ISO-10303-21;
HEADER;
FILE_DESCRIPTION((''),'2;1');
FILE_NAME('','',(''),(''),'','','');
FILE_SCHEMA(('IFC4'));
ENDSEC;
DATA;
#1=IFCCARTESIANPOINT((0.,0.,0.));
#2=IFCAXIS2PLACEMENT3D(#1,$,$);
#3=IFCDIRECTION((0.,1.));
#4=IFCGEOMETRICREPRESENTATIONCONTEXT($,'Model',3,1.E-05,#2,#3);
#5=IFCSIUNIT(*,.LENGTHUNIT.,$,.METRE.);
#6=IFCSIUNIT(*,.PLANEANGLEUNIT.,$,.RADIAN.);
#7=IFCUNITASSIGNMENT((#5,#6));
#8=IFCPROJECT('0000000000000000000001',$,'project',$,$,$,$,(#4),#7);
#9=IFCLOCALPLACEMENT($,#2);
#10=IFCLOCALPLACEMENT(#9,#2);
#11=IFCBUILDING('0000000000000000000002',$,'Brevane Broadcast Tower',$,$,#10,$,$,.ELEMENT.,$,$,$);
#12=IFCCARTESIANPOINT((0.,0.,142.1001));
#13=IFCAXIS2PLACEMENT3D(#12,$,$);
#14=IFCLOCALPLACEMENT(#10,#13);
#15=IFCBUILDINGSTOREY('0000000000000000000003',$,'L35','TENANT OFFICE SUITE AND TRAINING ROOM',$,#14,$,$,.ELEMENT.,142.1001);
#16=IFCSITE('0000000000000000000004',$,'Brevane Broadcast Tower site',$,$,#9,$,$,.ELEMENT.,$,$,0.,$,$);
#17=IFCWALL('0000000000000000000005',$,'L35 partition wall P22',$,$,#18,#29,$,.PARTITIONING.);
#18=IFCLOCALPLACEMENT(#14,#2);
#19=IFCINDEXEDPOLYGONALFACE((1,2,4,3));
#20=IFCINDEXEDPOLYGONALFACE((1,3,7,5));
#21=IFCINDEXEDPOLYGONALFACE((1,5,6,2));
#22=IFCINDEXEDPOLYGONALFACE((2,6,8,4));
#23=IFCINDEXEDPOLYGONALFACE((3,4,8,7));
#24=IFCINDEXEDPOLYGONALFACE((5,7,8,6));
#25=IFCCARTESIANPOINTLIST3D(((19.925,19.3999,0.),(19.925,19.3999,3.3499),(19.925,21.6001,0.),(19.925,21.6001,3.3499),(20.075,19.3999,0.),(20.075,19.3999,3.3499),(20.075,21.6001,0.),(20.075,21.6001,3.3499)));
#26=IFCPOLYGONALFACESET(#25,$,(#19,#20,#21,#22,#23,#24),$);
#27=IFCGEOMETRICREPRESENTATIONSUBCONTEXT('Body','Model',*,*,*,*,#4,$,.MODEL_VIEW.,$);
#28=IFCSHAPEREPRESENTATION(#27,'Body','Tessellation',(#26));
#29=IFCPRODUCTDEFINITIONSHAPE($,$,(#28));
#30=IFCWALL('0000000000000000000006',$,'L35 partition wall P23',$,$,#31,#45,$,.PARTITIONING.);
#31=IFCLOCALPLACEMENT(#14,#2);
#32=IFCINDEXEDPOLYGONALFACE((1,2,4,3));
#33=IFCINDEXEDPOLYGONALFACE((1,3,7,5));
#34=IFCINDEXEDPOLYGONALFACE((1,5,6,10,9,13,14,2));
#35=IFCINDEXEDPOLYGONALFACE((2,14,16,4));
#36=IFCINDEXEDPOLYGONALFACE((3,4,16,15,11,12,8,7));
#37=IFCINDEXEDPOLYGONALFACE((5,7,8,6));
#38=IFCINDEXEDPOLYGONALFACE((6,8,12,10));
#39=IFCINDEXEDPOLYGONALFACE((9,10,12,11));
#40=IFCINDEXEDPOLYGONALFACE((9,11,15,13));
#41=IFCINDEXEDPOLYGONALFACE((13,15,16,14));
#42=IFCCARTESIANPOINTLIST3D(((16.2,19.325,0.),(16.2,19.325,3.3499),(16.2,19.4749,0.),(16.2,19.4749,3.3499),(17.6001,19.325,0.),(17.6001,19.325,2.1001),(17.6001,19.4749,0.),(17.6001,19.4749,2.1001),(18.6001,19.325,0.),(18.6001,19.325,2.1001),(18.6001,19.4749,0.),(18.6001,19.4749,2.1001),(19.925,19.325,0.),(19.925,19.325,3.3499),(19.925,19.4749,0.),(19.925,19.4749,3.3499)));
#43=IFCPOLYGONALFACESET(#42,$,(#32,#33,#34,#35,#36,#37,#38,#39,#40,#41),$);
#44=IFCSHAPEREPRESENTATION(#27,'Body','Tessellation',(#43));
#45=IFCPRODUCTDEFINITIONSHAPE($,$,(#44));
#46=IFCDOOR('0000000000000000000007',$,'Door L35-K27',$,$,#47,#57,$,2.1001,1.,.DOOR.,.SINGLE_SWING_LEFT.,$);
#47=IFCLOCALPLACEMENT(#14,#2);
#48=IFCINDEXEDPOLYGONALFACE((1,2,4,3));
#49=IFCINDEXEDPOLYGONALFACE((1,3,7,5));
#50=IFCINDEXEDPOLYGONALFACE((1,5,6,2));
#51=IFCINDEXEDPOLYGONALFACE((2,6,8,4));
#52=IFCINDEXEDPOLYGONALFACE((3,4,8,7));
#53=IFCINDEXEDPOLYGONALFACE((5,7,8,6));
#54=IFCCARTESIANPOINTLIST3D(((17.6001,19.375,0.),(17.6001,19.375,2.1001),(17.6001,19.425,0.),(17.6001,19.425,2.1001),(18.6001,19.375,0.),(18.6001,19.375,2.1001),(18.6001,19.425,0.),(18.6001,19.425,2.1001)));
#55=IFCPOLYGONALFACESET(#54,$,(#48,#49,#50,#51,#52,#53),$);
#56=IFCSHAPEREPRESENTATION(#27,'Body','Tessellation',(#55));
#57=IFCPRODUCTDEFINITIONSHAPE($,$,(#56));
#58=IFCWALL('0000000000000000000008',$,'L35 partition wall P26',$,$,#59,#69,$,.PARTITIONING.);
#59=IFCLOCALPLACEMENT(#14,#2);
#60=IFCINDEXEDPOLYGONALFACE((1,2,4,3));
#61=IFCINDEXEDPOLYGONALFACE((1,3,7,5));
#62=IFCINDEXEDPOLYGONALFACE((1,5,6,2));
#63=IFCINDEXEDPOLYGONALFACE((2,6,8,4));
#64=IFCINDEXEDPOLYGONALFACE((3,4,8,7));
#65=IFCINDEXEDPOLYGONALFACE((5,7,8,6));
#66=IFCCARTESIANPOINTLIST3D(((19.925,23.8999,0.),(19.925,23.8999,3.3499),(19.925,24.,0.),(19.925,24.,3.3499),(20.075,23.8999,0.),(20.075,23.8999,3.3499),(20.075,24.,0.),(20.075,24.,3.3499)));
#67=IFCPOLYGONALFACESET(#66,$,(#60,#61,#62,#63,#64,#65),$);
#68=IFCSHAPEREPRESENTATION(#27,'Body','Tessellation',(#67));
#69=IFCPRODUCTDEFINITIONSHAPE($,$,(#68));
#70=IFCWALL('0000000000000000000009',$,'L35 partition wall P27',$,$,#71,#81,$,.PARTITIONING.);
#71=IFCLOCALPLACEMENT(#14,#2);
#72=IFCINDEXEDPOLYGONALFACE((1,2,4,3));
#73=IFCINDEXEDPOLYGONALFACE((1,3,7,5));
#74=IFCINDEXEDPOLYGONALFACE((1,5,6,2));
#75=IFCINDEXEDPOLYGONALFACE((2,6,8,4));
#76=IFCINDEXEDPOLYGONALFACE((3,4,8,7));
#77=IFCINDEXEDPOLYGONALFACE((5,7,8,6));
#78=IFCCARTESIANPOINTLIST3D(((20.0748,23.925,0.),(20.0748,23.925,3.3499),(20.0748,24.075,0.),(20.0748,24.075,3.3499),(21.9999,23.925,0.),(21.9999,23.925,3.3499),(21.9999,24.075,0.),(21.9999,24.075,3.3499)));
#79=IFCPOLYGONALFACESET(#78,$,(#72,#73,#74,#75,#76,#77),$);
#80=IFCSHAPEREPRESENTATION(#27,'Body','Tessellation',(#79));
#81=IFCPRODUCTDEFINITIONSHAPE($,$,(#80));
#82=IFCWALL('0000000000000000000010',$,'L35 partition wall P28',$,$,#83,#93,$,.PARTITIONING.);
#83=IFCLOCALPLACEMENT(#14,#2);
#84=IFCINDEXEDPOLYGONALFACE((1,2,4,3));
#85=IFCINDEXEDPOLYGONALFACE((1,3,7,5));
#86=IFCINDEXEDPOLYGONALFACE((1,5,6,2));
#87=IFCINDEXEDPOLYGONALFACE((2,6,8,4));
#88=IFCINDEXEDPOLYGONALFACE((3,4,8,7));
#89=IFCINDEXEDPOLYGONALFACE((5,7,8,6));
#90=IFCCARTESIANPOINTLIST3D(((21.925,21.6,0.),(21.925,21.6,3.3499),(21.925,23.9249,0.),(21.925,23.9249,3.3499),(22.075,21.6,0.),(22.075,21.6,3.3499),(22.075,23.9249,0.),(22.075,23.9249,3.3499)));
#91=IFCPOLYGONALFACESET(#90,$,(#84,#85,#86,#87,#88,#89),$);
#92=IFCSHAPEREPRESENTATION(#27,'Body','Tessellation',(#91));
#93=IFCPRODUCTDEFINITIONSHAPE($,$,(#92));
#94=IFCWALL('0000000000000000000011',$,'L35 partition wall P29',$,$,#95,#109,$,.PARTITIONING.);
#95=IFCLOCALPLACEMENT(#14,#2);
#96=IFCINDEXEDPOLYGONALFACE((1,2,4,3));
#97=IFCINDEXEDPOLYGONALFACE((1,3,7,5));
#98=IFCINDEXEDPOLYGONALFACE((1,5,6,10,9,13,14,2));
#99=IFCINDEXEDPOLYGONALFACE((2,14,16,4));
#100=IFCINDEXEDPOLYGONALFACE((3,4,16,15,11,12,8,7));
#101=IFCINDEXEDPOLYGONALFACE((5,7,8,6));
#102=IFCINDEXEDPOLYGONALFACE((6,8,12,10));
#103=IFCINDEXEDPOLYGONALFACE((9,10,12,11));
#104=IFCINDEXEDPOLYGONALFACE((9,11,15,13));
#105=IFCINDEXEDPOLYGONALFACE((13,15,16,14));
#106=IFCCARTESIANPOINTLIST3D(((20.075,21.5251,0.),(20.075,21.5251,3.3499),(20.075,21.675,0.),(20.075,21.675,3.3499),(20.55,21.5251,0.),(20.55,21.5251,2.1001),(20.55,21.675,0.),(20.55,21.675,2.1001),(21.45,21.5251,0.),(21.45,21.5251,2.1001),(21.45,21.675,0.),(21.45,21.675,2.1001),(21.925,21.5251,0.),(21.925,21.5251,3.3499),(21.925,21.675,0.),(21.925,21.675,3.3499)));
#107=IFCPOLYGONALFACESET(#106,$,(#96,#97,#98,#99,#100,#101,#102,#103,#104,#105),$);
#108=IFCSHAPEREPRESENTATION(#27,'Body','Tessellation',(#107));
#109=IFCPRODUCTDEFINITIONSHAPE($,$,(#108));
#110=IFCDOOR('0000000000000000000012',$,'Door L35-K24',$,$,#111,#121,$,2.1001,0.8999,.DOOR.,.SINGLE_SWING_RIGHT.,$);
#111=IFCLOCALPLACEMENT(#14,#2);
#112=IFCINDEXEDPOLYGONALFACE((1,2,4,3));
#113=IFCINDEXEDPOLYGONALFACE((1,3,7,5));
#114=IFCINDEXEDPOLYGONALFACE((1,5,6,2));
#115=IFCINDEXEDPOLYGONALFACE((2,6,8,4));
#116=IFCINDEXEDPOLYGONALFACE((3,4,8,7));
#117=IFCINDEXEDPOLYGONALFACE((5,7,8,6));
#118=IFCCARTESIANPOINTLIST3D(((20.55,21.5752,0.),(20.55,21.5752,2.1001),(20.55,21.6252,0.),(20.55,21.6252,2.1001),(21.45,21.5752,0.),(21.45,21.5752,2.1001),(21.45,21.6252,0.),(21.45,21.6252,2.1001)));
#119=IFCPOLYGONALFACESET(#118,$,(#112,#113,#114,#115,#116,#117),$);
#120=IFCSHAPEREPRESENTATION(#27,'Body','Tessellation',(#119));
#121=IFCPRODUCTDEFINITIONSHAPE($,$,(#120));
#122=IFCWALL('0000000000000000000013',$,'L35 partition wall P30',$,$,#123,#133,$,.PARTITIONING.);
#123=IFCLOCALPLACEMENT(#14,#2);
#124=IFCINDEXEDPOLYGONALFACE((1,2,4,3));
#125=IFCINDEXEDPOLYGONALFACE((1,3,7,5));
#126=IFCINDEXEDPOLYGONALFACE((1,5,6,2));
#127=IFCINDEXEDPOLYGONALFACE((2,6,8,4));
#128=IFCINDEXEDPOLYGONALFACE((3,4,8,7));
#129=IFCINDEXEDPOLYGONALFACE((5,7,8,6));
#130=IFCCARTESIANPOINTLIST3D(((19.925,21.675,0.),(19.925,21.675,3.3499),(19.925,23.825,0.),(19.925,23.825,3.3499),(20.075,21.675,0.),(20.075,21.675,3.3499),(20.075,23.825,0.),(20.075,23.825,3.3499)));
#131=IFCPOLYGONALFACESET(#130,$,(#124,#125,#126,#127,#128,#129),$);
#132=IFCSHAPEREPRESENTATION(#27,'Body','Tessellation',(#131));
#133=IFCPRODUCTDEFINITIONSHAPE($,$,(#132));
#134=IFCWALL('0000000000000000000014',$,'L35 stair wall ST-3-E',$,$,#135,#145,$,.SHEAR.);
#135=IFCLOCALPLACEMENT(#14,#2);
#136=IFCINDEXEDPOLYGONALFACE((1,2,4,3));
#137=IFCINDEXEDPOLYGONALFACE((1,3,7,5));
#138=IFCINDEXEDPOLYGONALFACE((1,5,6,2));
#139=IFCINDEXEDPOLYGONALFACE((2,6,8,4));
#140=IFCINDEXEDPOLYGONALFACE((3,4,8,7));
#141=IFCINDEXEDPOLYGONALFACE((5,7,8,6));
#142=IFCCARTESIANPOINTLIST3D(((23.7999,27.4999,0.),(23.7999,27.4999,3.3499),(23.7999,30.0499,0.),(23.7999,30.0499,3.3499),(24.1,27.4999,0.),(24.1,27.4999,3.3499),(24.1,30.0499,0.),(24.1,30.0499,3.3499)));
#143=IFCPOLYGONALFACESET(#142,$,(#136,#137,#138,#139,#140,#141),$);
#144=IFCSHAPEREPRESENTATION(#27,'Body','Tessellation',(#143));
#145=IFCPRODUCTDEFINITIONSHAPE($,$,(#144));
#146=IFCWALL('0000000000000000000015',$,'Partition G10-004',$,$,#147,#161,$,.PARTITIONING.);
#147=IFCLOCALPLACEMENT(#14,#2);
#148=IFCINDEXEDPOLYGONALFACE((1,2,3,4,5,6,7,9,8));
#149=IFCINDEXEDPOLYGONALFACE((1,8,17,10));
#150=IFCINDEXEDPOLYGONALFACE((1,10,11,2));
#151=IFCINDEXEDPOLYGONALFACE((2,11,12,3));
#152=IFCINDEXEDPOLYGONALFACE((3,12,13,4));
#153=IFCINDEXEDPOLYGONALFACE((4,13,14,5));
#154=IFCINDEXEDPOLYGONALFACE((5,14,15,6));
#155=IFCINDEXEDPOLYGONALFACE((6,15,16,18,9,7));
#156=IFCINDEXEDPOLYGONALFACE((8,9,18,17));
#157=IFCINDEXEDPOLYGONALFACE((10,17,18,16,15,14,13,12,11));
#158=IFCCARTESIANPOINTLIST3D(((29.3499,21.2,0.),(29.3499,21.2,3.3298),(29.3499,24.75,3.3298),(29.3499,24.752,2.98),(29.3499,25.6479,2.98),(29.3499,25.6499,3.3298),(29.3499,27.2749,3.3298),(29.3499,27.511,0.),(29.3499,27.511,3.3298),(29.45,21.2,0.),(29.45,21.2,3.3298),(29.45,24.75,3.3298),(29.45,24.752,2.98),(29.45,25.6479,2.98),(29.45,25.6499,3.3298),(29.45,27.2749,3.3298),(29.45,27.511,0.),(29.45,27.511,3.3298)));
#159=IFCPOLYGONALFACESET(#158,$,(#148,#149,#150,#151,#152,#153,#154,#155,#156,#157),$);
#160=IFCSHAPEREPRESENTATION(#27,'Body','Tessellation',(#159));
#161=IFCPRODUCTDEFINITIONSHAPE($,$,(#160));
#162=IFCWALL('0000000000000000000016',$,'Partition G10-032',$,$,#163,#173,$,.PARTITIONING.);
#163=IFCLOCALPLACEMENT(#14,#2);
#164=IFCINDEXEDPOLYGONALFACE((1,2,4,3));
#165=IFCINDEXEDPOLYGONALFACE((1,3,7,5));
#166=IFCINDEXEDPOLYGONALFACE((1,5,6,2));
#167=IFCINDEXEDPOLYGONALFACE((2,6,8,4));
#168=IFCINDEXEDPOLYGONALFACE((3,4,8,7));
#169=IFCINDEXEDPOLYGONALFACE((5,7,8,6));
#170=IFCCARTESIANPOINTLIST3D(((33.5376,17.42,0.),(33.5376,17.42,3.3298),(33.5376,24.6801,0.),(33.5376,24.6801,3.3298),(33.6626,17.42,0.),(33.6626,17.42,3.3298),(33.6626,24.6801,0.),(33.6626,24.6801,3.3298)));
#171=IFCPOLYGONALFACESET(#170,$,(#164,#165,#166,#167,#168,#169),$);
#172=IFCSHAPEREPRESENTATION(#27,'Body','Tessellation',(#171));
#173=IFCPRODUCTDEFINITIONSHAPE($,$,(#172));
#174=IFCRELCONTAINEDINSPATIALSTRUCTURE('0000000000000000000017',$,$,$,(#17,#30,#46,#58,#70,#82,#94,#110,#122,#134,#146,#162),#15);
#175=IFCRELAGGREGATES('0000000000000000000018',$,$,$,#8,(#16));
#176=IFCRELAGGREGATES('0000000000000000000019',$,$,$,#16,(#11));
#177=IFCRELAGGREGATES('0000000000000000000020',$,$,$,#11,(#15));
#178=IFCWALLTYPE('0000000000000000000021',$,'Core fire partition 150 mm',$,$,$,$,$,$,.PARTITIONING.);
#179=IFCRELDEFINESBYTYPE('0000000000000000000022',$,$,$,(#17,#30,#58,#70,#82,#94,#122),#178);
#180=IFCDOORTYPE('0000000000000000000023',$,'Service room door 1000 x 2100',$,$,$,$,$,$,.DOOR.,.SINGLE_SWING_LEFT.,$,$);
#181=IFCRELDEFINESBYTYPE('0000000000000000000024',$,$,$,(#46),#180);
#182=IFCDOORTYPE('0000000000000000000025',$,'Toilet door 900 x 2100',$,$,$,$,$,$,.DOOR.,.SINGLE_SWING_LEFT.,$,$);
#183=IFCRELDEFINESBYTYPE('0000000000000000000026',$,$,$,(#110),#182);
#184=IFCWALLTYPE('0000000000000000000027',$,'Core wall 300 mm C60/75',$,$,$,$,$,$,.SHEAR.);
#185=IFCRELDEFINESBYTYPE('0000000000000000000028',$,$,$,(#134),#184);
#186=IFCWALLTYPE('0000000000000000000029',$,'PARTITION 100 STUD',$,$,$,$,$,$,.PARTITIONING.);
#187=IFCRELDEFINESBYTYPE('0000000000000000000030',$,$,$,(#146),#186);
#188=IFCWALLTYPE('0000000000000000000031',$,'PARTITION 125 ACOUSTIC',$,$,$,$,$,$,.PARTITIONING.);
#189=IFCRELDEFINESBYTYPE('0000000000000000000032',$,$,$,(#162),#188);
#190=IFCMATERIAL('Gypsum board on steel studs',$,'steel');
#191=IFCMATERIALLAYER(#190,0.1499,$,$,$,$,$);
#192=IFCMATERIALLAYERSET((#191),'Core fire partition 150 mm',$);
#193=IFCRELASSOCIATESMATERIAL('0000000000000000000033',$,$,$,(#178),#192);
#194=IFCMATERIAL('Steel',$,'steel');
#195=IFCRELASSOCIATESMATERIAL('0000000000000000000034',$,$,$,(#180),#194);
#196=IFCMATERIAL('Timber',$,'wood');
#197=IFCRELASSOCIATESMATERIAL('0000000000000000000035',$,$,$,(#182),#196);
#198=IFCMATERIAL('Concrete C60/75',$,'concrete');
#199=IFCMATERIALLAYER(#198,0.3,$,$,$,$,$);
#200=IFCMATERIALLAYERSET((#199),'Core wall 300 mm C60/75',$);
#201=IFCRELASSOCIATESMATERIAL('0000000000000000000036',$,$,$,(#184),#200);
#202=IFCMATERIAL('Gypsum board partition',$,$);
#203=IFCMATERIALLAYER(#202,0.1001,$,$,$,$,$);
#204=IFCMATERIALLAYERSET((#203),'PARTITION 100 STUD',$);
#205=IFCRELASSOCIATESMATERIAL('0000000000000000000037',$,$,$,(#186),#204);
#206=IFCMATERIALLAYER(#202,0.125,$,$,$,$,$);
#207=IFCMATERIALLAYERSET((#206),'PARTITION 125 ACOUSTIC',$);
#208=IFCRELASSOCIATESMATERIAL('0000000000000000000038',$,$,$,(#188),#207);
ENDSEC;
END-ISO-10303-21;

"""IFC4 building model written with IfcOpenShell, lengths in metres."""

from ifc_helpers import new_model, si_unit, direction, frame, frame_2d, origin, place, context, subcontext, project, spatial, polyline, rectangle, outline, extrude, material, layer, layer_set, type_object, element, fill, save


model = new_model("IFC4")

# Units and contexts
model_context = context("Model", 3, precision=1e-05, world=origin(), true_north=direction((0.0, 1.0)))
body_context = subcontext(model_context, "Body", "Model", "MODEL_VIEW")
ifc_project = project(units=[si_unit("LENGTHUNIT", "METRE"), si_unit("PLANEANGLEUNIT", "RADIAN")], contexts=[model_context])

# Site, building, storey
site_placement = place(None, origin())
site = spatial("IfcSite", under=ifc_project, at=site_placement, Name="Brevane Broadcast Tower site", CompositionType="ELEMENT", RefElevation=0.0)
building_placement = place(site_placement, origin())
building = spatial("IfcBuilding", under=site, at=building_placement, Name="Brevane Broadcast Tower", CompositionType="ELEMENT")
storey_placement = place(building_placement, frame((0.0, 0.0, 142.1001)))
storey = spatial("IfcBuildingStorey", under=building, at=storey_placement, Name="L35", Description="TENANT OFFICE SUITE AND TRAINING ROOM", CompositionType="ELEMENT", Elevation=142.1001)

# Shared definitions
ifc_material_1 = material(Name="Concrete C60/75", Category="concrete")

# Wall
ifc_material_2 = material(Name="Gypsum board on steel studs", Category="steel")
ifc_layer_1 = layer(ifc_material_2, 0.1499)
ifc_layer_set_1 = layer_set([ifc_layer_1], Name="Core fire partition 150 mm")
wall_type_1 = type_object("IfcWallType", Name="Core fire partition 150 mm", PredefinedType="PARTITIONING", material=ifc_layer_set_1)
wall_1_placement = place(storey_placement, frame((20.0, 21.6001, 0.0), z_axis=(0.0, 0.0, 1.0), x_axis=(0.0, -1.0, 0.0)))
element("IfcWall", 1, at=wall_1_placement, inside=storey, type_object=wall_type_1, Name="L35 partition wall P22", PredefinedType="PARTITIONING", context=body_context, shape_type="SweptSolid", body=[
    extrude(rectangle(XDim=2.2002, YDim=0.1499, at=frame_2d((1.1001, 0.0))), origin(), (0.0, 0.0, 1.0), 3.3499),
])

# Wall, opening, door
wall_2_placement = place(storey_placement, frame((19.925, 19.3999, 0.0), z_axis=(0.0, 0.0, 1.0), x_axis=(-1.0, 0.0, 0.0)))
wall_2 = element("IfcWall", 2, at=wall_2_placement, inside=storey, type_object=wall_type_1, Name="L35 partition wall P23", PredefinedType="PARTITIONING", context=body_context, shape_type="SweptSolid", body=[
    extrude(rectangle(XDim=3.7251, YDim=0.1499, at=frame_2d((1.8625, 0.0))), origin(), (0.0, 0.0, 1.0), 3.3499),
])
opening_1_placement = place(wall_2_placement, frame((1.325, 0.0, 0.0)))
opening_1 = element("IfcOpeningElement", 3, at=opening_1_placement, cuts=wall_2, PredefinedType="OPENING", context=body_context, shape_type="SweptSolid", body=[
    extrude(rectangle(XDim=1.0, YDim=2.1001, at=frame_2d((0.5, 1.05))), frame((0.0, 0.085, 0.0), z_axis=(0.0, -1.0, 0.0), x_axis=(1.0, 0.0, 0.0)), (0.0, 0.0, 1.0), 0.1699),
])
ifc_material_3 = material(Name="Steel", Category="steel")
door_type_1 = type_object("IfcDoorType", Name="Service room door 1000 x 2100", OperationType="SINGLE_SWING_LEFT", PredefinedType="DOOR", material=ifc_material_3)
door_1_placement = place(opening_1_placement, origin())
door_1 = element("IfcDoor", 4, at=door_1_placement, inside=storey, type_object=door_type_1, Name="Door L35-K27", OperationType="SINGLE_SWING_LEFT", OverallHeight=2.1001, OverallWidth=1.0, PredefinedType="DOOR", context=body_context, shape_type="SweptSolid", body=[
    extrude(rectangle(XDim=1.0, YDim=2.1001, at=frame_2d((0.5, 1.05))), frame((0.0, 0.0249, 0.0), z_axis=(0.0, -1.0, 0.0), x_axis=(1.0, 0.0, 0.0)), (0.0, 0.0, 1.0), 0.05),
])
fill(opening_1, door_1)

# Walls
wall_3_placement = place(storey_placement, frame((20.0, 23.8999, 0.0), z_axis=(0.0, 0.0, 1.0), x_axis=(0.0, 1.0, 0.0)))
element("IfcWall", 5, at=wall_3_placement, inside=storey, type_object=wall_type_1, Name="L35 partition wall P26", PredefinedType="PARTITIONING", context=body_context, shape_type="SweptSolid", body=[
    extrude(rectangle(XDim=0.1001, YDim=0.1499, at=frame_2d((0.05, 0.0))), origin(), (0.0, 0.0, 1.0), 3.3499),
])
wall_4_placement = place(storey_placement, frame((20.075, 24.0, 0.0), z_axis=(0.0, 0.0, 1.0), x_axis=(1.0, 0.0, 0.0)))
element("IfcWall", 6, at=wall_4_placement, inside=storey, type_object=wall_type_1, Name="L35 partition wall P27", PredefinedType="PARTITIONING", context=body_context, shape_type="SweptSolid", body=[
    extrude(rectangle(XDim=1.925, YDim=0.1499, at=frame_2d((0.9624, 0.0))), origin(), (0.0, 0.0, 1.0), 3.3499),
])
wall_5_placement = place(storey_placement, frame((22.0, 23.925, 0.0), z_axis=(0.0, 0.0, 1.0), x_axis=(0.0, -1.0, 0.0)))
element("IfcWall", 7, at=wall_5_placement, inside=storey, type_object=wall_type_1, Name="L35 partition wall P28", PredefinedType="PARTITIONING", context=body_context, shape_type="SweptSolid", body=[
    extrude(rectangle(XDim=2.325, YDim=0.1499, at=frame_2d((1.1626, 0.0))), origin(), (0.0, 0.0, 1.0), 3.3499),
])

# Wall, opening, door
wall_6_placement = place(storey_placement, frame((21.925, 21.6001, 0.0), z_axis=(0.0, 0.0, 1.0), x_axis=(-1.0, 0.0, 0.0)))
wall_6 = element("IfcWall", 8, at=wall_6_placement, inside=storey, type_object=wall_type_1, Name="L35 partition wall P29", PredefinedType="PARTITIONING", context=body_context, shape_type="SweptSolid", body=[
    extrude(rectangle(XDim=1.8501, YDim=0.1499, at=frame_2d((0.925, 0.0))), origin(), (0.0, 0.0, 1.0), 3.3499),
])
opening_2_placement = place(wall_6_placement, frame((0.4751, 0.0, 0.0)))
opening_2 = element("IfcOpeningElement", 9, at=opening_2_placement, cuts=wall_6, PredefinedType="OPENING", context=body_context, shape_type="SweptSolid", body=[
    extrude(rectangle(XDim=0.8999, YDim=2.1001, at=frame_2d((0.45, 1.05))), frame((0.0, 0.085, 0.0), z_axis=(0.0, -1.0, 0.0), x_axis=(1.0, 0.0, 0.0)), (0.0, 0.0, 1.0), 0.1699),
])
ifc_material_4 = material(Name="Timber", Category="wood")
door_type_2 = type_object("IfcDoorType", Name="Toilet door 900 x 2100", OperationType="SINGLE_SWING_LEFT", PredefinedType="DOOR", material=ifc_material_4)
door_2_placement = place(opening_2_placement, origin())
door_2 = element("IfcDoor", 10, at=door_2_placement, inside=storey, type_object=door_type_2, Name="Door L35-K24", OperationType="SINGLE_SWING_RIGHT", OverallHeight=2.1001, OverallWidth=0.8999, PredefinedType="DOOR", context=body_context, shape_type="SweptSolid", body=[
    extrude(rectangle(XDim=0.8999, YDim=2.1001, at=frame_2d((0.45, 1.05))), frame((0.0, 0.0249, 0.0), z_axis=(0.0, -1.0, 0.0), x_axis=(1.0, 0.0, 0.0)), (0.0, 0.0, 1.0), 0.05),
])
fill(opening_2, door_2)

# Walls
wall_7_placement = place(storey_placement, frame((20.0, 21.675, 0.0), z_axis=(0.0, 0.0, 1.0), x_axis=(0.0, 1.0, 0.0)))
element("IfcWall", 11, at=wall_7_placement, inside=storey, type_object=wall_type_1, Name="L35 partition wall P30", PredefinedType="PARTITIONING", context=body_context, shape_type="SweptSolid", body=[
    extrude(rectangle(XDim=2.1499, YDim=0.1499, at=frame_2d((1.075, 0.0))), origin(), (0.0, 0.0, 1.0), 3.3499),
])
ifc_layer_2 = layer(ifc_material_1, 0.3)
ifc_layer_set_2 = layer_set([ifc_layer_2], Name="Core wall 300 mm C60/75")
wall_type_2 = type_object("IfcWallType", Name="Core wall 300 mm C60/75", PredefinedType="SHEAR", material=ifc_layer_set_2)
wall_8_placement = place(storey_placement, frame((23.95, 27.5, 0.0), z_axis=(0.0, 0.0, 1.0), x_axis=(0.0, 1.0, 0.0)))
element("IfcWall", 12, at=wall_8_placement, inside=storey, type_object=wall_type_2, Name="L35 stair wall ST-3-E", PredefinedType="SHEAR", context=body_context, shape_type="SweptSolid", body=[
    extrude(rectangle(XDim=2.55, YDim=0.3, at=frame_2d((1.2749, 0.0))), origin(), (0.0, 0.0, 1.0), 3.3499),
])
ifc_material_5 = material(Name="Gypsum board partition")
ifc_layer_3 = layer(ifc_material_5, 0.1001)
ifc_layer_set_3 = layer_set([ifc_layer_3], Name="PARTITION 100 STUD")
wall_type_3 = type_object("IfcWallType", Name="PARTITION 100 STUD", PredefinedType="PARTITIONING", material=ifc_layer_set_3)
wall_9_placement = place(storey_placement, frame((29.3999, 27.511, 0.0), z_axis=(0.0, 0.0, 1.0), x_axis=(0.0, -1.0, 0.0)))
element("IfcWall", 13, at=wall_9_placement, inside=storey, type_object=wall_type_3, Name="Partition G10-004", PredefinedType="PARTITIONING", context=body_context, shape_type="SweptSolid", body=[
    extrude(outline(polyline([(0.0, 0.0), (6.311, 0.0), (6.311, 3.3298), (2.761, 3.3298), (2.759, 2.98), (1.863, 2.98), (1.8611, 3.3298), (0.2361, 3.3298), (0.0, 3.3298), (0.0, 0.0)])), frame((0.0, 0.05, 0.0), z_axis=(0.0, -1.0, 0.0), x_axis=(1.0, 0.0, 0.0)), (0.0, 0.0, 1.0), 0.1001),
])
ifc_layer_4 = layer(ifc_material_5, 0.125)
ifc_layer_set_4 = layer_set([ifc_layer_4], Name="PARTITION 125 ACOUSTIC")
wall_type_4 = type_object("IfcWallType", Name="PARTITION 125 ACOUSTIC", PredefinedType="PARTITIONING", material=ifc_layer_set_4)
wall_10_placement = place(storey_placement, frame((33.6001, 24.6799, 0.0), z_axis=(0.0, 0.0, 1.0), x_axis=(0.0, -1.0, 0.0)))
element("IfcWall", 14, at=wall_10_placement, inside=storey, type_object=wall_type_4, Name="Partition G10-032", PredefinedType="PARTITIONING", context=body_context, shape_type="SweptSolid", body=[
    extrude(rectangle(XDim=7.26, YDim=0.125, at=frame_2d((3.6299, 0.0))), origin(), (0.0, 0.0, 1.0), 3.3298),
])

save(model, "model.ifc")
